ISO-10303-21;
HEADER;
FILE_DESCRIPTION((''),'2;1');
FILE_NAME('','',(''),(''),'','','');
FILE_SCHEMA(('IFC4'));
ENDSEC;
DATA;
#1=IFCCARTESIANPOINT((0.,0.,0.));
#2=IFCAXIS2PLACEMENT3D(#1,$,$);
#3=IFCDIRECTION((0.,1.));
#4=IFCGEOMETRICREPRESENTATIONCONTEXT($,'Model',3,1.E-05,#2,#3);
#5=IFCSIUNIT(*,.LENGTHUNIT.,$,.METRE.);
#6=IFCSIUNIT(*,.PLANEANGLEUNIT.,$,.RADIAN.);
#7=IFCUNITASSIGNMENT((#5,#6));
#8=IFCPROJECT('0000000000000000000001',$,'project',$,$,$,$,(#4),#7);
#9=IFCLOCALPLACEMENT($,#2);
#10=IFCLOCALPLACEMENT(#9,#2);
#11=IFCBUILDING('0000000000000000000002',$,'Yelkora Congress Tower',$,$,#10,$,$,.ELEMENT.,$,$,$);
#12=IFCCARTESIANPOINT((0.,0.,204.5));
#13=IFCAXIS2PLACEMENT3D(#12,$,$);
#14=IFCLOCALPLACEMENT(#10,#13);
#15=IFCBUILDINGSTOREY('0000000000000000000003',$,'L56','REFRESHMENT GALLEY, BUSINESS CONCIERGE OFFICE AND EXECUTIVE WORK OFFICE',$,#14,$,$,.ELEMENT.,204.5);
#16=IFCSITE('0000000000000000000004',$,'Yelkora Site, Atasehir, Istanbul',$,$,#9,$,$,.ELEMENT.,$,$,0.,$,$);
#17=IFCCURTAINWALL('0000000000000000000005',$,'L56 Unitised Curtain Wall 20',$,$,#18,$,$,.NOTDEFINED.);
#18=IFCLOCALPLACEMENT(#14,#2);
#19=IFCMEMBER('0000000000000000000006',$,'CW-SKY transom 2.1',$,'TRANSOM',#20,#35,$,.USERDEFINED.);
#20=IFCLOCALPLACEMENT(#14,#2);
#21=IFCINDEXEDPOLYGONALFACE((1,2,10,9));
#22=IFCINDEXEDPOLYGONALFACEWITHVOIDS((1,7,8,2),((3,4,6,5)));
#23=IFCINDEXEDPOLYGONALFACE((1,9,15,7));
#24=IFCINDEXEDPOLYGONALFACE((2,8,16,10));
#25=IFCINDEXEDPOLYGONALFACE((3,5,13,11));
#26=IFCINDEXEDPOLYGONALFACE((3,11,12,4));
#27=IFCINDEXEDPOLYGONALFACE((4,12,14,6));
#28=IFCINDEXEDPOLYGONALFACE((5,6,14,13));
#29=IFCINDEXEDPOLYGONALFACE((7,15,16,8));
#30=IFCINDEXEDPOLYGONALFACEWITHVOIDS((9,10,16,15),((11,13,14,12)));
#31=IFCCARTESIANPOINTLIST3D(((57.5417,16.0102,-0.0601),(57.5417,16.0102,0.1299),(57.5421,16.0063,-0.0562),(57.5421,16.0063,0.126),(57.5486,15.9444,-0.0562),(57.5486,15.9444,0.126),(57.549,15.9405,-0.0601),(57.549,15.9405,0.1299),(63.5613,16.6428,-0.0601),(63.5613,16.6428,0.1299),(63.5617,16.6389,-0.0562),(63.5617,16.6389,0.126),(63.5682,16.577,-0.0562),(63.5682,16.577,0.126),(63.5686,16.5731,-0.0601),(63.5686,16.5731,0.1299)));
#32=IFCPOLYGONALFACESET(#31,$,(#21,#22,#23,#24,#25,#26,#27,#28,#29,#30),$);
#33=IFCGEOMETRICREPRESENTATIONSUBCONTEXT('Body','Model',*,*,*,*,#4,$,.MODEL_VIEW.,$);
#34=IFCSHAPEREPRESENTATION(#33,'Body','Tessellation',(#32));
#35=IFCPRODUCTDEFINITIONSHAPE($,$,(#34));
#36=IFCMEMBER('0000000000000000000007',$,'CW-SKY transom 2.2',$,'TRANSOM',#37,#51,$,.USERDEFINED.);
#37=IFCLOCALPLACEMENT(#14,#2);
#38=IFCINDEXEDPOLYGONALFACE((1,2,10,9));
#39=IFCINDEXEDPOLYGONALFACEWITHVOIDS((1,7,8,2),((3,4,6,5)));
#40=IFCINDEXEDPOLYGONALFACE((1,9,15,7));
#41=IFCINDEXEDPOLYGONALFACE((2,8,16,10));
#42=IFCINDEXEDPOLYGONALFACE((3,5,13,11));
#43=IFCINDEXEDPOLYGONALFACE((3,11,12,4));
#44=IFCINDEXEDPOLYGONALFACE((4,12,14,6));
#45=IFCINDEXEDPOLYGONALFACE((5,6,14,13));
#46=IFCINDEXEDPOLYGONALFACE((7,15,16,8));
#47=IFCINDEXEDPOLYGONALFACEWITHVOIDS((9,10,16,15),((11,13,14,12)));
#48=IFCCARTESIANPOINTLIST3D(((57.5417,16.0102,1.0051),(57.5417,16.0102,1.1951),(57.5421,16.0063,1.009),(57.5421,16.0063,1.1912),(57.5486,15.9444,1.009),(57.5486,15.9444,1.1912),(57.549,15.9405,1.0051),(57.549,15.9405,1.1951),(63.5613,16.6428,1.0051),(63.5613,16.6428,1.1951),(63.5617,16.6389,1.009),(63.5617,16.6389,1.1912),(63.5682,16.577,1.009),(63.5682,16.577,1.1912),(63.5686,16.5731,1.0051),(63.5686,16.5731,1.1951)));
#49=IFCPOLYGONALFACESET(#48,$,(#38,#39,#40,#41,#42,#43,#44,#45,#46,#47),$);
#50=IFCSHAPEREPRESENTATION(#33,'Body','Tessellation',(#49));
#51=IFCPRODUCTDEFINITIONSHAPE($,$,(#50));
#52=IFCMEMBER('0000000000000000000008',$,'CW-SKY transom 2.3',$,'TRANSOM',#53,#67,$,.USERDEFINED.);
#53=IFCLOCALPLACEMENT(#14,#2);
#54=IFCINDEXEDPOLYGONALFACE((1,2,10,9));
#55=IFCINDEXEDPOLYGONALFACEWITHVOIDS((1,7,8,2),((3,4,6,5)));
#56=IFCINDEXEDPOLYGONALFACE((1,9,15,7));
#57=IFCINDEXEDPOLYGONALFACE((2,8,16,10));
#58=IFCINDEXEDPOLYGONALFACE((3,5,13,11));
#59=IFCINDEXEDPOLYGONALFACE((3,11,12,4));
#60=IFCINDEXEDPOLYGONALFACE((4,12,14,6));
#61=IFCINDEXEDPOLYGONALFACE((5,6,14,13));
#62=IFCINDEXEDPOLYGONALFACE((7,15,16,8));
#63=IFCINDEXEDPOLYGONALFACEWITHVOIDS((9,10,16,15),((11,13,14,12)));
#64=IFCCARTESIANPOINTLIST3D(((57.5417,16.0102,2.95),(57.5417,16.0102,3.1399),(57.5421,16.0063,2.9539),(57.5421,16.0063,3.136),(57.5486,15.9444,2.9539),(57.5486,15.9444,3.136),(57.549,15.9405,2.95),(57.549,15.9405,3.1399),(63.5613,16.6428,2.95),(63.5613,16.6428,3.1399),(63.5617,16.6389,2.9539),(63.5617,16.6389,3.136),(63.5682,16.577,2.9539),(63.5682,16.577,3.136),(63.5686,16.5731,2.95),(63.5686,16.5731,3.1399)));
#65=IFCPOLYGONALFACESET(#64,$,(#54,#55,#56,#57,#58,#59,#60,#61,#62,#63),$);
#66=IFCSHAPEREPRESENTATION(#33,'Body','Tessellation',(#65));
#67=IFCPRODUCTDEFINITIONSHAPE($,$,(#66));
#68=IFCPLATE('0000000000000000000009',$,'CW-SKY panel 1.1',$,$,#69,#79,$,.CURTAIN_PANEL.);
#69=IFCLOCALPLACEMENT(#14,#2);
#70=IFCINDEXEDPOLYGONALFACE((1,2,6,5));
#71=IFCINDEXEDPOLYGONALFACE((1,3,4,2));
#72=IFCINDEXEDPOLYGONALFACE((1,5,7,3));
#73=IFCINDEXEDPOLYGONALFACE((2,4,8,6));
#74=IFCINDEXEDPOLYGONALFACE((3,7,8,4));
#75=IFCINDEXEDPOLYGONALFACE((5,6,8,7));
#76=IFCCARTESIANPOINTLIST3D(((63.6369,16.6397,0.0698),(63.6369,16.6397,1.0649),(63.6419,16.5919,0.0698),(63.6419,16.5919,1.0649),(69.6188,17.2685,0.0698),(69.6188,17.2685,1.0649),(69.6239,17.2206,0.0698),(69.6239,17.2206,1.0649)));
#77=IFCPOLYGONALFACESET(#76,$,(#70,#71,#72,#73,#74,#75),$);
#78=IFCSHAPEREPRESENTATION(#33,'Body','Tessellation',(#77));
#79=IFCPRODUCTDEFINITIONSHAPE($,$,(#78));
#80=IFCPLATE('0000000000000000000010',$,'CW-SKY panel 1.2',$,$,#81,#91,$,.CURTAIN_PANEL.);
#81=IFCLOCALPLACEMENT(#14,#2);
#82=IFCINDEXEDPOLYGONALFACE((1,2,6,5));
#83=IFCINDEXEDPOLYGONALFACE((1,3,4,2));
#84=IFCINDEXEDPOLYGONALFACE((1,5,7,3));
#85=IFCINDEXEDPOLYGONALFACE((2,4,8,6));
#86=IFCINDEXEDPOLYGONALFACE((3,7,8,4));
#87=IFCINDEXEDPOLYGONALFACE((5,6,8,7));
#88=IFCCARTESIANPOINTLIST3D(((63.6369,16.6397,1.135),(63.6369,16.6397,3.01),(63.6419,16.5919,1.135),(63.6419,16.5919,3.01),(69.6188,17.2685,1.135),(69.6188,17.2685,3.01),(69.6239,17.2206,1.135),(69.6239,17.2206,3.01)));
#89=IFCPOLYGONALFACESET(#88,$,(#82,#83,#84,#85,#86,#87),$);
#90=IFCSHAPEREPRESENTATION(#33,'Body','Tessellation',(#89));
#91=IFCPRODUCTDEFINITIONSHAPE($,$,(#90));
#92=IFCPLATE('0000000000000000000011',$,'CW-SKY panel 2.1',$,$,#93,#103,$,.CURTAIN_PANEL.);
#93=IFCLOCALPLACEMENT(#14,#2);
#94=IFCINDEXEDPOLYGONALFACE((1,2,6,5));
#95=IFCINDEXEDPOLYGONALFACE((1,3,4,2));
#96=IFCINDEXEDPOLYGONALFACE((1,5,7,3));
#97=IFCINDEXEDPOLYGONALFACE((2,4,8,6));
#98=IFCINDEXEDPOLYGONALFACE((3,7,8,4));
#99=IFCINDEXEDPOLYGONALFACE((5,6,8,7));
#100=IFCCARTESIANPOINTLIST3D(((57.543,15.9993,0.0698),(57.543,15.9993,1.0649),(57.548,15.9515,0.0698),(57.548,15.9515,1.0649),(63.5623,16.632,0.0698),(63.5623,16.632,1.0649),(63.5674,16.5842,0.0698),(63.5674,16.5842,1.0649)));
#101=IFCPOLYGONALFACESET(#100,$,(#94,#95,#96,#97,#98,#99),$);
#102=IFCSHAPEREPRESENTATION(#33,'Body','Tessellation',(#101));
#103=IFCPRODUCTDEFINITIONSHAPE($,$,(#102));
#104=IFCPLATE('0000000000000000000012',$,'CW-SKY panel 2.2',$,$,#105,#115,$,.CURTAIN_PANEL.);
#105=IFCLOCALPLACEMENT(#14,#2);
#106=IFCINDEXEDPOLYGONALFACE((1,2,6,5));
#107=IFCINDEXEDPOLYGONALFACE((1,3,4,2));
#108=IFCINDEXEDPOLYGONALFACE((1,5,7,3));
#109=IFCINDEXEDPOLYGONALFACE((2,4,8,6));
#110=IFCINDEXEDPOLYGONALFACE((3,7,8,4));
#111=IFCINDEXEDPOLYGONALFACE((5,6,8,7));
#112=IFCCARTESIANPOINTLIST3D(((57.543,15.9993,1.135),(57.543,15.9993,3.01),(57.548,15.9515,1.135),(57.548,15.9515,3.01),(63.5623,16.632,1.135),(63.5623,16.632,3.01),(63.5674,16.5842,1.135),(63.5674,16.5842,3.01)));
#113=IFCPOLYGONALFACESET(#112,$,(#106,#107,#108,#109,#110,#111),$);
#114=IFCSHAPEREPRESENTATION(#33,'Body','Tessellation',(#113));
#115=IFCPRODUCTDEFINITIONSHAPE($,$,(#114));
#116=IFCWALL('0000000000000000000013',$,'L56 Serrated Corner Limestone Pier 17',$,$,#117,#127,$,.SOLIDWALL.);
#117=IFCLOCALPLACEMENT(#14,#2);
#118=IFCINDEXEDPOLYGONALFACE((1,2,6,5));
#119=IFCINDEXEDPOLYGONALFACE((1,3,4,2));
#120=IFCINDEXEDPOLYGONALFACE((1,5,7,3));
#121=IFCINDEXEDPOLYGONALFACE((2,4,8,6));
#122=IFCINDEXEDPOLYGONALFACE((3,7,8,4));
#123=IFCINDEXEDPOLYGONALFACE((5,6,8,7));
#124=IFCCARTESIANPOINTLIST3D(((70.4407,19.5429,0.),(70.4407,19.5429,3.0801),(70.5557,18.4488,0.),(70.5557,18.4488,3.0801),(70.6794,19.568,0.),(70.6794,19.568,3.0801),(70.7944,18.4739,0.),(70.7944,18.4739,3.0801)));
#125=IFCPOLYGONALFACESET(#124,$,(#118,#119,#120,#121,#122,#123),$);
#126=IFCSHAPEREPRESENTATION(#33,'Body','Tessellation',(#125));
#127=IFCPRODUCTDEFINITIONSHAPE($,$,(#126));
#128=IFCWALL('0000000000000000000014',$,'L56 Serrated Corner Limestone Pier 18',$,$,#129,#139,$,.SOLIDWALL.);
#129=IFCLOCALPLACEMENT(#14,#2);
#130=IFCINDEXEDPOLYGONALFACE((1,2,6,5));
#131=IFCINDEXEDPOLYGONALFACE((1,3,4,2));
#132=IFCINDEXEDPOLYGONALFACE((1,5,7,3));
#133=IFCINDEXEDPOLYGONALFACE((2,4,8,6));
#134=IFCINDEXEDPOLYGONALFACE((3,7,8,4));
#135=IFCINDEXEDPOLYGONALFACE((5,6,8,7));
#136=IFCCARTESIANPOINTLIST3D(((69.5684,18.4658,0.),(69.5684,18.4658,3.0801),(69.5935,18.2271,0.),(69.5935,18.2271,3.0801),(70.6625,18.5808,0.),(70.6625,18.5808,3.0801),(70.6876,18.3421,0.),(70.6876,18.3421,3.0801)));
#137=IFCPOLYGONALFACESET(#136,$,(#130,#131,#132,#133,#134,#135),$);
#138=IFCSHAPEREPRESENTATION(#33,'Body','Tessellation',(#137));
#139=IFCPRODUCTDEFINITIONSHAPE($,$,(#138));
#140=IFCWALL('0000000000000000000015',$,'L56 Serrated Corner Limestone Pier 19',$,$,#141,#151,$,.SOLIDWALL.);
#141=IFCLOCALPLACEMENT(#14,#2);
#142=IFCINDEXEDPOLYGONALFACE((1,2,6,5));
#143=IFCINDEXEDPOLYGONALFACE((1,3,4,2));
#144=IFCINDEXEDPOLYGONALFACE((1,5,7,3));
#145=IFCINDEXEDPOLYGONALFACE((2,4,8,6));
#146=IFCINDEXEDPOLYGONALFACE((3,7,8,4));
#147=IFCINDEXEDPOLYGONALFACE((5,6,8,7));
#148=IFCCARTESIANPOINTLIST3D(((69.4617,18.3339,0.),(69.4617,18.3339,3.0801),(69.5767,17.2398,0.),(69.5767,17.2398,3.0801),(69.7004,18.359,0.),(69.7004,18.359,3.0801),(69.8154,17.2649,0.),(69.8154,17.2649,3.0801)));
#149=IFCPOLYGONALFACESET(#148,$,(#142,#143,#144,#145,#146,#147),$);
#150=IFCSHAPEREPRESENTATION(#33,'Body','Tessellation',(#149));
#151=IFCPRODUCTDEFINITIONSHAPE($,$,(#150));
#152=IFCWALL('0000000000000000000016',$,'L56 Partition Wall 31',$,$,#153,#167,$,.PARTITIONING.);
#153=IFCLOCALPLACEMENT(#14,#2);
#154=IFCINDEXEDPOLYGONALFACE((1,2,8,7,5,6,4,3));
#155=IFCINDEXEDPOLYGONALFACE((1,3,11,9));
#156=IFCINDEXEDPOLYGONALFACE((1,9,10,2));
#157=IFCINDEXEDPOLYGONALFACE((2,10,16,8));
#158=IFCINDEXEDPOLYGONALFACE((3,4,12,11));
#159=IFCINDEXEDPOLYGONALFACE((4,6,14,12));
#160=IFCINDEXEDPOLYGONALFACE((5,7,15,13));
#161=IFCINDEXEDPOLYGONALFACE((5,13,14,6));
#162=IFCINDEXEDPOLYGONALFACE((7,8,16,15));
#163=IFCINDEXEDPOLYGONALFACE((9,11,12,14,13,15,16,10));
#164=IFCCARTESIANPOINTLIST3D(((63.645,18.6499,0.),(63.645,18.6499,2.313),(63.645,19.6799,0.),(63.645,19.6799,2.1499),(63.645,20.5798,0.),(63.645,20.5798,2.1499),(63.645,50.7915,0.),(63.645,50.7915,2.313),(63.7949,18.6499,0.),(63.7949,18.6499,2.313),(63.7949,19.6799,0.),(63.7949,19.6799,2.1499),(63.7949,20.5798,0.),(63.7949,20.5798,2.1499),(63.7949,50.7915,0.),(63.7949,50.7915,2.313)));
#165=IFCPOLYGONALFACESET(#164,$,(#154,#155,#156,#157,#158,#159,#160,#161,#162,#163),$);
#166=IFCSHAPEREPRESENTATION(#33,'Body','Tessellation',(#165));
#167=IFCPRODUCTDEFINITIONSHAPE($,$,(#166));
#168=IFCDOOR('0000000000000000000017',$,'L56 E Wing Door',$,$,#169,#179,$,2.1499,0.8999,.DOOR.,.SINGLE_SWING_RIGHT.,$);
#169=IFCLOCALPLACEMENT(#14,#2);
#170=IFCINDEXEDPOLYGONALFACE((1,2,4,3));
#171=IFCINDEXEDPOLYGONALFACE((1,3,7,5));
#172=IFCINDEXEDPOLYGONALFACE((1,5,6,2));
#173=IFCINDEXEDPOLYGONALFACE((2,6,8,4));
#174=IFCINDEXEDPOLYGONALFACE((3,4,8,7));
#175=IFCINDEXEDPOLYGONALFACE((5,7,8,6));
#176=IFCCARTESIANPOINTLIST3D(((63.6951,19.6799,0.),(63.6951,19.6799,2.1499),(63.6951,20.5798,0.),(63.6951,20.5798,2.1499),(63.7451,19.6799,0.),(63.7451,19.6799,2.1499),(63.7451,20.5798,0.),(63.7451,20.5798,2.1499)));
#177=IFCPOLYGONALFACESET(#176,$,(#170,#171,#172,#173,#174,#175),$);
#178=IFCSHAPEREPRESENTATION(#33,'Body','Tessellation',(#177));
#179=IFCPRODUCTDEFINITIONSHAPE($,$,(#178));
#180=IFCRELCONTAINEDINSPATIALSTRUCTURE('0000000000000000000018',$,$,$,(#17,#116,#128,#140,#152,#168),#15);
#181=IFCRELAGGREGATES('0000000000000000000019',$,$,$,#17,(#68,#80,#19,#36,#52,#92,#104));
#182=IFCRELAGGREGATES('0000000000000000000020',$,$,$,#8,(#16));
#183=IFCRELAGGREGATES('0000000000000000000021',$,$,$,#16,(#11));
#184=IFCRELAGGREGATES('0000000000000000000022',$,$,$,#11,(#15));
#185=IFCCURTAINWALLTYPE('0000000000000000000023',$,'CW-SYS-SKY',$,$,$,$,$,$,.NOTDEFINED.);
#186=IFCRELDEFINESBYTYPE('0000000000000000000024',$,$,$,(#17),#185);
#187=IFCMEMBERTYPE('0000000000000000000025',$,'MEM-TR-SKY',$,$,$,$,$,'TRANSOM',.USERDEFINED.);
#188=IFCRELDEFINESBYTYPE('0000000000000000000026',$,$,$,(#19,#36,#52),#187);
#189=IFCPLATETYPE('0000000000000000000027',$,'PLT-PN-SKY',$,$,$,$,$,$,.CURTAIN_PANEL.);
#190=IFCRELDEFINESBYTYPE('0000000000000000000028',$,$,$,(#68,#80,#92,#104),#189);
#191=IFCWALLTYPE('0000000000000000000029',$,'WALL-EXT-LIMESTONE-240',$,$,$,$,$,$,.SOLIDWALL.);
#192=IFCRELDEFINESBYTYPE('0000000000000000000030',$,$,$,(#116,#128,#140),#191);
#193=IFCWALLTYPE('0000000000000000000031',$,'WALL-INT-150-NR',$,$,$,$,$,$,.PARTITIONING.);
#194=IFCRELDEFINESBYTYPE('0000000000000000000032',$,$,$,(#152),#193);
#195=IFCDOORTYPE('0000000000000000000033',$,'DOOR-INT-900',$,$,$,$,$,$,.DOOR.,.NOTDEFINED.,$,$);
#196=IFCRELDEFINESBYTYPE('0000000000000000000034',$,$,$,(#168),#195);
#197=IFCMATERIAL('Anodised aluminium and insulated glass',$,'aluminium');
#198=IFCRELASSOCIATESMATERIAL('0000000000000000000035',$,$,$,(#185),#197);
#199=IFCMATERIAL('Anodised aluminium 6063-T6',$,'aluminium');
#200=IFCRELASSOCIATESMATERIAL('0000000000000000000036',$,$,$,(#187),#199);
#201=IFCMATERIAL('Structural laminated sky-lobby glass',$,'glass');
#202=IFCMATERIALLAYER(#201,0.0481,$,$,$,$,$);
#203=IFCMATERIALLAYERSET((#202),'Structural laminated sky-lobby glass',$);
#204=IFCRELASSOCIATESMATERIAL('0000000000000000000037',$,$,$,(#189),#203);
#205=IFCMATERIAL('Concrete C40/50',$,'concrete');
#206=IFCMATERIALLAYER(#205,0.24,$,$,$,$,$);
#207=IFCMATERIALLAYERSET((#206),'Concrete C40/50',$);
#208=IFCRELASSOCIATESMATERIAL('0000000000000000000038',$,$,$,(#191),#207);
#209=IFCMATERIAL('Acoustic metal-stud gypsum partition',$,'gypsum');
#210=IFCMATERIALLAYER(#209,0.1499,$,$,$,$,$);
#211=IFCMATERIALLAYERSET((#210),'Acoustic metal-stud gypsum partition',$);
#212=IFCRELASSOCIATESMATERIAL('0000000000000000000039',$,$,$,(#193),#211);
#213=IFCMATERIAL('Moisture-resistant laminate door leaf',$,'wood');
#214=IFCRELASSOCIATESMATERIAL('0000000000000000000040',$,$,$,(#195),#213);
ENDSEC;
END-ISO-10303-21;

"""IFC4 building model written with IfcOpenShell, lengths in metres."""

from ifc_helpers import new_model, si_unit, direction, frame, frame_2d, origin, origin_2d, place, context, subcontext, project, spatial, rectangle, hollow_rectangle, extrude, material, layer, layer_set, material_profile, profile_set, type_object, element, fill, aggregate, save


model = new_model("IFC4")

# Units and contexts
model_context = context("Model", 3, precision=1e-05, world=origin(), true_north=direction((0.0, 1.0)))
body_context = subcontext(model_context, "Body", "Model", "MODEL_VIEW")
ifc_project = project(units=[si_unit("LENGTHUNIT", "METRE"), si_unit("PLANEANGLEUNIT", "RADIAN")], contexts=[model_context])

# Site, building, storey
site_placement = place(None, origin())
site = spatial("IfcSite", under=ifc_project, at=site_placement, Name="Yelkora Site, Atasehir, Istanbul", CompositionType="ELEMENT", RefElevation=0.0)
building_placement = place(site_placement, origin())
building = spatial("IfcBuilding", under=site, at=building_placement, Name="Yelkora Congress Tower", CompositionType="ELEMENT")
storey_placement = place(building_placement, frame((0.0, 0.0, 204.5)))
storey = spatial("IfcBuildingStorey", under=building, at=storey_placement, Name="L56", Description="REFRESHMENT GALLEY, BUSINESS CONCIERGE OFFICE AND EXECUTIVE WORK OFFICE", CompositionType="ELEMENT", Elevation=204.5)

# Curtain wall, members, plates
ifc_material_1 = material(Name="Anodised aluminium and insulated glass", Category="aluminium")
curtain_wall_type = type_object("IfcCurtainWallType", Name="CW-SYS-SKY", PredefinedType="NOTDEFINED", material=ifc_material_1)
curtain_wall_placement = place(storey_placement, origin())
curtain_wall = element("IfcCurtainWall", 1, at=curtain_wall_placement, inside=storey, type_object=curtain_wall_type, Name="L56 Unitised Curtain Wall 20", PredefinedType="NOTDEFINED")
ifc_material_2 = material(Name="Anodised aluminium 6063-T6", Category="aluminium")
ifc_material_profile_1 = material_profile(ifc_material_2, hollow_rectangle(XDim=0.0701, YDim=0.1899, WallThickness=0.0039, at=origin_2d()), Name="ALU 70x190x4")
ifc_profile_set_1 = profile_set([ifc_material_profile_1], Name="Anodised aluminium 6063-T6")
member_type_1 = type_object("IfcMemberType", Name="MEM-TR-SKY", ElementType="TRANSOM", PredefinedType="USERDEFINED", material=ifc_profile_set_1)
member_1_placement = place(storey_placement, frame((63.5649, 16.6079, 0.0349), z_axis=(-0.994524, -0.104511, 0.0), x_axis=(0.104511, -0.994524, 0.0)))
member_1 = element("IfcMember", 2, at=member_1_placement, type_object=member_type_1, Name="CW-SKY transom 2.1", ObjectType="TRANSOM", PredefinedType="USERDEFINED", context=body_context, shape_type="SweptSolid", body=[
    extrude(hollow_rectangle(XDim=0.0701, YDim=0.1899, WallThickness=0.0039, at=origin_2d()), origin(), (0.0, 0.0, 1.0), 6.0527),
])
member_2_placement = place(storey_placement, frame((63.5649, 16.6079, 1.1001), z_axis=(-0.994524, -0.104511, 0.0), x_axis=(0.104511, -0.994524, 0.0)))
member_2 = element("IfcMember", 3, at=member_2_placement, type_object=member_type_1, Name="CW-SKY transom 2.2", ObjectType="TRANSOM", PredefinedType="USERDEFINED", context=body_context, shape_type="SweptSolid", body=[
    extrude(hollow_rectangle(XDim=0.0701, YDim=0.1899, WallThickness=0.0039, at=origin_2d()), origin(), (0.0, 0.0, 1.0), 6.0527),
])
member_3_placement = place(storey_placement, frame((63.5649, 16.6079, 3.0449), z_axis=(-0.994524, -0.104511, 0.0), x_axis=(0.104511, -0.994524, 0.0)))
member_3 = element("IfcMember", 4, at=member_3_placement, type_object=member_type_1, Name="CW-SKY transom 2.3", ObjectType="TRANSOM", PredefinedType="USERDEFINED", context=body_context, shape_type="SweptSolid", body=[
    extrude(hollow_rectangle(XDim=0.0701, YDim=0.1899, WallThickness=0.0039, at=origin_2d()), origin(), (0.0, 0.0, 1.0), 6.0527),
])
ifc_material_3 = material(Name="Structural laminated sky-lobby glass", Category="glass")
ifc_layer_1 = layer(ifc_material_3, 0.0481)
ifc_layer_set_1 = layer_set([ifc_layer_1], Name="Structural laminated sky-lobby glass")
plate_type = type_object("IfcPlateType", Name="PLT-PN-SKY", PredefinedType="CURTAIN_PANEL", material=ifc_layer_set_1)
plate_1_placement = place(storey_placement, frame((66.6304, 16.9302, 0.0698), z_axis=(0.0, 0.0, 1.0), x_axis=(-0.994522, -0.104527, 0.0)))
plate_1 = element("IfcPlate", 5, at=plate_1_placement, type_object=plate_type, Name="CW-SKY panel 1.1", PredefinedType="CURTAIN_PANEL", context=body_context, shape_type="SweptSolid", body=[
    extrude(rectangle(XDim=6.0149, YDim=0.0481, at=origin_2d()), origin(), (0.0, 0.0, 1.0), 0.9951),
])
plate_2_placement = place(storey_placement, frame((66.6304, 16.9302, 1.135), z_axis=(0.0, 0.0, 1.0), x_axis=(-0.994522, -0.104527, 0.0)))
plate_2 = element("IfcPlate", 6, at=plate_2_placement, type_object=plate_type, Name="CW-SKY panel 1.2", PredefinedType="CURTAIN_PANEL", context=body_context, shape_type="SweptSolid", body=[
    extrude(rectangle(XDim=6.0149, YDim=0.0481, at=origin_2d()), origin(), (0.0, 0.0, 1.0), 1.875),
])
plate_3_placement = place(storey_placement, frame((60.5552, 16.2917, 0.0698), z_axis=(0.0, 0.0, 1.0), x_axis=(-0.994522, -0.104527, 0.0)))
plate_3 = element("IfcPlate", 7, at=plate_3_placement, type_object=plate_type, Name="CW-SKY panel 2.1", PredefinedType="CURTAIN_PANEL", context=body_context, shape_type="SweptSolid", body=[
    extrude(rectangle(XDim=6.0525, YDim=0.0481, at=origin_2d()), origin(), (0.0, 0.0, 1.0), 0.9951),
])
plate_4_placement = place(storey_placement, frame((60.5552, 16.2917, 1.135), z_axis=(0.0, 0.0, 1.0), x_axis=(-0.994522, -0.104527, 0.0)))
plate_4 = element("IfcPlate", 8, at=plate_4_placement, type_object=plate_type, Name="CW-SKY panel 2.2", PredefinedType="CURTAIN_PANEL", context=body_context, shape_type="SweptSolid", body=[
    extrude(rectangle(XDim=6.0525, YDim=0.0481, at=origin_2d()), origin(), (0.0, 0.0, 1.0), 1.875),
])
aggregate(curtain_wall, [plate_1, plate_2, member_1, member_2, member_3, plate_3, plate_4])

# Walls
ifc_material_4 = material(Name="Concrete C40/50", Category="concrete")
ifc_layer_2 = layer(ifc_material_4, 0.24)
ifc_layer_set_2 = layer_set([ifc_layer_2], Name="Concrete C40/50")
wall_type_1 = type_object("IfcWallType", Name="WALL-EXT-LIMESTONE-240", PredefinedType="SOLIDWALL", material=ifc_layer_set_2)
for number, where, z_axis, x_axis, name in (
    (9, (70.5601, 19.5554, 0.0), (0.0, 0.0, 1.0), (0.104535, -0.994521, 0.0), "L56 Serrated Corner Limestone Pier 17"),
    (10, (70.675, 18.4614, 0.0), (0.0, 0.0, 1.0), (-0.994521, -0.104535, 0.0), "L56 Serrated Corner Limestone Pier 18"),
    (11, (69.5811, 18.3464, 0.0), (0.0, 0.0, 1.0), (0.104535, -0.994521, 0.0), "L56 Serrated Corner Limestone Pier 19"),
):
    element("IfcWall", number, at=place(storey_placement, frame(where, z_axis=z_axis, x_axis=x_axis)), inside=storey, type_object=wall_type_1, Name=name, PredefinedType="SOLIDWALL", context=body_context, shape_type="SweptSolid", body=[
        extrude(rectangle(XDim=1.1001, YDim=0.24, at=frame_2d((0.55, 0.0))), origin(), (0.0, 0.0, 1.0), 3.0801),
    ])

# Wall, opening, door
ifc_material_5 = material(Name="Acoustic metal-stud gypsum partition", Category="gypsum")
ifc_layer_3 = layer(ifc_material_5, 0.1499)
ifc_layer_set_3 = layer_set([ifc_layer_3], Name="Acoustic metal-stud gypsum partition")
wall_type_2 = type_object("IfcWallType", Name="WALL-INT-150-NR", PredefinedType="PARTITIONING", material=ifc_layer_set_3)
wall_placement = place(storey_placement, frame((63.72, 18.6499, 0.0), z_axis=(0.0, 0.0, 1.0), x_axis=(0.0, 1.0, 0.0)))
wall = element("IfcWall", 12, at=wall_placement, inside=storey, type_object=wall_type_2, Name="L56 Partition Wall 31", PredefinedType="PARTITIONING", context=body_context, shape_type="SweptSolid", body=[
    extrude(rectangle(XDim=32.1416, YDim=0.1499, at=frame_2d((16.0708, 0.0))), origin(), (0.0, 0.0, 1.0), 2.313),
])
opening_placement = place(wall_placement, frame((1.03, 0.0, 0.0)))
opening = element("IfcOpeningElement", 13, at=opening_placement, cuts=wall, PredefinedType="OPENING", context=body_context, shape_type="SweptSolid", body=[
    extrude(rectangle(XDim=0.8999, YDim=2.1499, at=frame_2d((0.45, 1.075))), frame((0.0, 0.085, 0.0), z_axis=(0.0, -1.0, 0.0), x_axis=(1.0, 0.0, 0.0)), (0.0, 0.0, 1.0), 0.1699),
])
ifc_material_6 = material(Name="Moisture-resistant laminate door leaf", Category="wood")
door_type = type_object("IfcDoorType", Name="DOOR-INT-900", OperationType="NOTDEFINED", PredefinedType="DOOR", material=ifc_material_6)
door_placement = place(opening_placement, origin())
door = element("IfcDoor", 14, at=door_placement, inside=storey, type_object=door_type, Name="L56 E Wing Door", OperationType="SINGLE_SWING_RIGHT", OverallHeight=2.1499, OverallWidth=0.8999, PredefinedType="DOOR", context=body_context, shape_type="SweptSolid", body=[
    extrude(rectangle(XDim=0.8999, YDim=2.1499, at=frame_2d((0.45, 1.075))), frame((0.0, 0.0249, 0.0), z_axis=(0.0, -1.0, 0.0), x_axis=(1.0, 0.0, 0.0)), (0.0, 0.0, 1.0), 0.05),
])
fill(opening, door)

save(model, "model.ifc")
